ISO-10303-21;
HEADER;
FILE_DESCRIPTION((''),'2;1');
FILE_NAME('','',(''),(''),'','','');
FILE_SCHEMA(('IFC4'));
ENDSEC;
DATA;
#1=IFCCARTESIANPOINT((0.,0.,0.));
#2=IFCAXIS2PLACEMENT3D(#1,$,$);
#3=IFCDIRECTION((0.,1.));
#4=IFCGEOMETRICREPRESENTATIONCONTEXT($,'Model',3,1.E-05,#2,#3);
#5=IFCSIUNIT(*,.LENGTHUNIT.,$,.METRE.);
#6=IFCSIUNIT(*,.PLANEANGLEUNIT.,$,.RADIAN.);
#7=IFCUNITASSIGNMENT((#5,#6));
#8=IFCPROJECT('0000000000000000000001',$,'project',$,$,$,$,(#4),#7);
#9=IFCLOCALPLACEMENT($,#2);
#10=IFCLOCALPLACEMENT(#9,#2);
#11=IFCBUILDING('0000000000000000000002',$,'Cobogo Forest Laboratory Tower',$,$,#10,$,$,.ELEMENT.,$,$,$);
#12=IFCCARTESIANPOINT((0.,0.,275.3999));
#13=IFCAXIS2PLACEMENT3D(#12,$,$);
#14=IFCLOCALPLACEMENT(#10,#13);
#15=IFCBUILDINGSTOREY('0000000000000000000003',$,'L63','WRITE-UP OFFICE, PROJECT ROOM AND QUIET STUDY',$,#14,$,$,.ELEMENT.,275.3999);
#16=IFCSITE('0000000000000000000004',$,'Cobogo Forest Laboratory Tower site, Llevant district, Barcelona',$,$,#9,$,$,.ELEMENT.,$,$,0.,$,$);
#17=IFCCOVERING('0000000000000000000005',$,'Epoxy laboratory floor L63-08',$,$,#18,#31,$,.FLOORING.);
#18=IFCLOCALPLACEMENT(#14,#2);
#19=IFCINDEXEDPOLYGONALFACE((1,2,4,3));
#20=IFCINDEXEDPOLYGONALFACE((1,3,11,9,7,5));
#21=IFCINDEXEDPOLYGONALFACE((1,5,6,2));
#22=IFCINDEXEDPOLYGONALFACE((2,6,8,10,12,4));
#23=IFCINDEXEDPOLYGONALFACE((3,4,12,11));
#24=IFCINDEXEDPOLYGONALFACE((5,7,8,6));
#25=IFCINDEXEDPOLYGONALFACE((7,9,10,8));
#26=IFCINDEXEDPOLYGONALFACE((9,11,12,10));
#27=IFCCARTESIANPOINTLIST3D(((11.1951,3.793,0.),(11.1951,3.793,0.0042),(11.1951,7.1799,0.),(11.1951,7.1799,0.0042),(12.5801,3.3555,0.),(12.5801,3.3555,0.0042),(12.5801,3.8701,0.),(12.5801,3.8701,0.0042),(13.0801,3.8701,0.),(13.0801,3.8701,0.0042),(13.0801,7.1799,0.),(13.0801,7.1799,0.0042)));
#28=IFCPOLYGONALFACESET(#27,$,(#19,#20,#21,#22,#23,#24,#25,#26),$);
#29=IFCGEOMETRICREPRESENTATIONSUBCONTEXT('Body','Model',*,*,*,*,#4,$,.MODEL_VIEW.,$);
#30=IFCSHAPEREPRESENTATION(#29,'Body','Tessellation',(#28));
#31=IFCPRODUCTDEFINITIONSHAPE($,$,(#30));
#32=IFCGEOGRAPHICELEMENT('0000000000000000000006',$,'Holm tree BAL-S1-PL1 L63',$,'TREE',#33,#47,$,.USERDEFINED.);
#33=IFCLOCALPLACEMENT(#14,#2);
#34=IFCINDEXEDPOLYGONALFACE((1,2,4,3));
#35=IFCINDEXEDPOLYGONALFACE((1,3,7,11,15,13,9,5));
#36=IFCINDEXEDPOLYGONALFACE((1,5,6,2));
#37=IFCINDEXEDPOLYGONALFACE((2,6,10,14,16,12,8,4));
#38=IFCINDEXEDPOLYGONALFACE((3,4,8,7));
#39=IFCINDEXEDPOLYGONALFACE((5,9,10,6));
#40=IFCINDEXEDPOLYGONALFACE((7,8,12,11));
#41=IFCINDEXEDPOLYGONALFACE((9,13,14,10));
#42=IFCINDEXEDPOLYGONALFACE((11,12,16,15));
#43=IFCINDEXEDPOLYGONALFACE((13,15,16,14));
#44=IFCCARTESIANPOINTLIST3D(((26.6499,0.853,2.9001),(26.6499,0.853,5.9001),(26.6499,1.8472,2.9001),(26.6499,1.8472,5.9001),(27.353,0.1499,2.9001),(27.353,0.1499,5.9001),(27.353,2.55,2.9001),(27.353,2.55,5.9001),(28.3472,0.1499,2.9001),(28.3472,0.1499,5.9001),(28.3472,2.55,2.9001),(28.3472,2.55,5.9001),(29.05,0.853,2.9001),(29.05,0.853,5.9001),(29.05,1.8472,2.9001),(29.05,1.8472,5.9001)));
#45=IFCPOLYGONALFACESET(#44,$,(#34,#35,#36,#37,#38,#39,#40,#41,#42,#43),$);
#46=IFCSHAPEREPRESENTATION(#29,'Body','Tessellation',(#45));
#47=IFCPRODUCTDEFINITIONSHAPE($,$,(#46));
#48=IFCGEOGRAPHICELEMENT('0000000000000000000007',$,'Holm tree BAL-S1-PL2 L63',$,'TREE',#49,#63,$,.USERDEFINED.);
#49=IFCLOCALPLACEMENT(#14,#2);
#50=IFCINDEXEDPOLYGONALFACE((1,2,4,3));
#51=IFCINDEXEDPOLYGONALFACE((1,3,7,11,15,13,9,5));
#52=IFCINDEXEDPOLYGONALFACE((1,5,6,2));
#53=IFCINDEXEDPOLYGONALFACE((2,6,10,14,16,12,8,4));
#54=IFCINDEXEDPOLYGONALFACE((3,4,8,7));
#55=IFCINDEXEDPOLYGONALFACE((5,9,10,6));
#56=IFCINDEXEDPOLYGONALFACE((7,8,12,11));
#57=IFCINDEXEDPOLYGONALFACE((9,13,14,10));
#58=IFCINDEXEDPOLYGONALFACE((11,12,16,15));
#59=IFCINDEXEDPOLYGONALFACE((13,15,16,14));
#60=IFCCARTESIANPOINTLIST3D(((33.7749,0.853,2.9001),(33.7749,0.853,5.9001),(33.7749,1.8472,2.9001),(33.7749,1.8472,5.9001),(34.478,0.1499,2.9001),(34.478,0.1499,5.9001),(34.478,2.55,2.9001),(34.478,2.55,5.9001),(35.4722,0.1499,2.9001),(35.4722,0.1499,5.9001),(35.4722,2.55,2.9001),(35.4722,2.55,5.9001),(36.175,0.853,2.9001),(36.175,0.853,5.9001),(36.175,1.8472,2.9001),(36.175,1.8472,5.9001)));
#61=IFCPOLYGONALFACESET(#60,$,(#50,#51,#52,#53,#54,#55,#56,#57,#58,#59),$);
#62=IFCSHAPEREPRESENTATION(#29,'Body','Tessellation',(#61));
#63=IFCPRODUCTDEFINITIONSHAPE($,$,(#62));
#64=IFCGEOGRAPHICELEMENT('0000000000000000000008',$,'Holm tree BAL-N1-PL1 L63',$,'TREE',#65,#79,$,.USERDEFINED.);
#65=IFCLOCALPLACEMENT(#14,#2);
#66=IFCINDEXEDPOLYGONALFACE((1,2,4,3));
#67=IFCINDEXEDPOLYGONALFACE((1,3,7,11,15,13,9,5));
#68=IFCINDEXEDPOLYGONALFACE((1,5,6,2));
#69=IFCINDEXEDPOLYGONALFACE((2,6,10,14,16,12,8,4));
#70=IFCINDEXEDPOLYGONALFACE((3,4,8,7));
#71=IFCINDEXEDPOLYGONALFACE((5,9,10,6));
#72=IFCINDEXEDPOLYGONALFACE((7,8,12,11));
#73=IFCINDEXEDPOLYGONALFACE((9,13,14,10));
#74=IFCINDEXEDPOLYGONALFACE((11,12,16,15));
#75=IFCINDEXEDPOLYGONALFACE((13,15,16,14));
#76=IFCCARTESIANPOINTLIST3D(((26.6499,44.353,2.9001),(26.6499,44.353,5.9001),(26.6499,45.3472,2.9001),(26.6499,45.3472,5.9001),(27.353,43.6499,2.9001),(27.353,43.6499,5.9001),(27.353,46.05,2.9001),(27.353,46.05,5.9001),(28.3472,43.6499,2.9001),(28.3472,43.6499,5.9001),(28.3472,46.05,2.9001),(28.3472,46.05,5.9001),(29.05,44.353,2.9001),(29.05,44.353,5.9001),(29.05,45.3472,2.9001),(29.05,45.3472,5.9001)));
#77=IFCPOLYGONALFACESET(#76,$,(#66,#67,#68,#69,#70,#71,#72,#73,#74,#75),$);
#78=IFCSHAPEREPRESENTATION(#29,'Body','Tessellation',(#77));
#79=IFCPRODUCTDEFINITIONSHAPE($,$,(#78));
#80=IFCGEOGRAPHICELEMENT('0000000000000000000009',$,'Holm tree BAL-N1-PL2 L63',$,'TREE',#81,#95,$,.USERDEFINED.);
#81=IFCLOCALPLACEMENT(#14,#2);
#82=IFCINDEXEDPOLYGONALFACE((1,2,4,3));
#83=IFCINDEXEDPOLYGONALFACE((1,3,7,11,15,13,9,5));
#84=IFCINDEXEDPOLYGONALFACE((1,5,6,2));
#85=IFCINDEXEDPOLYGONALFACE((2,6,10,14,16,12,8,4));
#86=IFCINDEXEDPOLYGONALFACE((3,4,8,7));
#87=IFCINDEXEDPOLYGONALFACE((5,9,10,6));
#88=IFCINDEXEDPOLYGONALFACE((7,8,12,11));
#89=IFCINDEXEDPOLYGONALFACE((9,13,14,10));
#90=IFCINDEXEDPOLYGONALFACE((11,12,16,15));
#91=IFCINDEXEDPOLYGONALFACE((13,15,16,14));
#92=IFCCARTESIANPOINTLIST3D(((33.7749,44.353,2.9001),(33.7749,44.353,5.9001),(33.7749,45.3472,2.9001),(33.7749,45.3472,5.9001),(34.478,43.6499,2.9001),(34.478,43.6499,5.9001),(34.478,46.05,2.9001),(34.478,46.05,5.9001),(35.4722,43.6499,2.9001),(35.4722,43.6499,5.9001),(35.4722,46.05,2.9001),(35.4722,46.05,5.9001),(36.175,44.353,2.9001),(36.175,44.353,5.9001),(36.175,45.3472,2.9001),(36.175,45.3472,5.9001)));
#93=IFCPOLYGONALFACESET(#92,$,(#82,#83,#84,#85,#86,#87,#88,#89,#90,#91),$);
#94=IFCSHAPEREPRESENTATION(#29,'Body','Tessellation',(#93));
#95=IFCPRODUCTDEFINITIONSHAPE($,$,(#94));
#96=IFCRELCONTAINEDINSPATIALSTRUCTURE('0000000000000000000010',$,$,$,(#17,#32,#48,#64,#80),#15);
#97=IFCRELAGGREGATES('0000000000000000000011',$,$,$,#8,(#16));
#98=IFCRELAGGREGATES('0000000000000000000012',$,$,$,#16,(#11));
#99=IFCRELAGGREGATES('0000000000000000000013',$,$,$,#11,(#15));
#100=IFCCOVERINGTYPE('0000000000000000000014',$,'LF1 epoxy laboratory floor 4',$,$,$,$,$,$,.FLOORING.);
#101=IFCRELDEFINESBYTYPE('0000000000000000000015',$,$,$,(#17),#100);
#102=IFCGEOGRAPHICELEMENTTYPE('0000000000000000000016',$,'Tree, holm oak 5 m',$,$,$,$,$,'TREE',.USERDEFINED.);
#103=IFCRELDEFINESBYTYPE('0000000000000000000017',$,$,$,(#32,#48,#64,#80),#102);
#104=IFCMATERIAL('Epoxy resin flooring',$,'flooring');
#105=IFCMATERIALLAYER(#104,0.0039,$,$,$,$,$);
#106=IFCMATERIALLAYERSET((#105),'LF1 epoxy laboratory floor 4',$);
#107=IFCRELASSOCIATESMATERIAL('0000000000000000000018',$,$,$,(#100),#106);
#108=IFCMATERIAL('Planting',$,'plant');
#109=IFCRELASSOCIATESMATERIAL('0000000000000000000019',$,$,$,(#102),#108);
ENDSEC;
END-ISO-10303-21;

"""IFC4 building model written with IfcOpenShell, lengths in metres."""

from ifc_helpers import new_model, si_unit, direction, frame, origin, place, context, subcontext, project, spatial, polyline, outline, extrude, material, layer, layer_set, type_object, element, save


model = new_model("IFC4")

# Units and contexts
model_context = context("Model", 3, precision=1e-05, world=origin(), true_north=direction((0.0, 1.0)))
body_context = subcontext(model_context, "Body", "Model", "MODEL_VIEW")
ifc_project = project(units=[si_unit("LENGTHUNIT", "METRE"), si_unit("PLANEANGLEUNIT", "RADIAN")], contexts=[model_context])

# Site, building, storey
site_placement = place(None, origin())
site = spatial("IfcSite", under=ifc_project, at=site_placement, Name="Cobogo Forest Laboratory Tower site, Llevant district, Barcelona", CompositionType="ELEMENT", RefElevation=0.0)
building_placement = place(site_placement, origin())
building = spatial("IfcBuilding", under=site, at=building_placement, Name="Cobogo Forest Laboratory Tower", CompositionType="ELEMENT")
storey_placement = place(building_placement, frame((0.0, 0.0, 275.3999)))
storey = spatial("IfcBuildingStorey", under=building, at=storey_placement, Name="L63", Description="WRITE-UP OFFICE, PROJECT ROOM AND QUIET STUDY", CompositionType="ELEMENT", Elevation=275.3999)

# Covering
ifc_material_1 = material(Name="Epoxy resin flooring", Category="flooring")
ifc_layer_1 = layer(ifc_material_1, 0.0039)
ifc_layer_set_1 = layer_set([ifc_layer_1], Name="LF1 epoxy laboratory floor 4")
covering_type_1 = type_object("IfcCoveringType", Name="LF1 epoxy laboratory floor 4", PredefinedType="FLOORING", material=ifc_layer_set_1)
covering_1_placement = place(storey_placement, origin())
element("IfcCovering", 1, at=covering_1_placement, inside=storey, type_object=covering_type_1, Name="Epoxy laboratory floor L63-08", PredefinedType="FLOORING", context=body_context, shape_type="SweptSolid", body=[
    extrude(outline(polyline([(13.0801, 7.1799), (13.0801, 3.8701), (12.5801, 3.8701), (12.5801, 3.3555), (11.1951, 3.793), (11.1951, 7.1799), (13.0801, 7.1799)])), origin(), (0.0, 0.0, 1.0), 0.0042),
])

# Geographic elements
ifc_material_2 = material(Name="Planting", Category="plant")
geographic_element_type = type_object("IfcGeographicElementType", Name="Tree, holm oak 5 m", ElementType="TREE", PredefinedType="USERDEFINED", material=ifc_material_2)
geographic_element_1_placement = place(storey_placement, frame((0.0, 0.0, 2.9001)))
element("IfcGeographicElement", 2, at=geographic_element_1_placement, inside=storey, type_object=geographic_element_type, Name="Holm tree BAL-S1-PL1 L63", ObjectType="TREE", PredefinedType="USERDEFINED", context=body_context, shape_type="SweptSolid", body=[
    extrude(outline(polyline([(29.05, 0.853), (29.05, 1.8472), (28.3472, 2.55), (27.353, 2.55), (26.6499, 1.8472), (26.6499, 0.853), (27.353, 0.1499), (28.3472, 0.1499), (29.05, 0.853)])), origin(), (0.0, 0.0, 1.0), 3.0),
])
geographic_element_2_placement = place(storey_placement, frame((0.0, 0.0, 2.9001)))
element("IfcGeographicElement", 3, at=geographic_element_2_placement, inside=storey, type_object=geographic_element_type, Name="Holm tree BAL-S1-PL2 L63", ObjectType="TREE", PredefinedType="USERDEFINED", context=body_context, shape_type="SweptSolid", body=[
    extrude(outline(polyline([(36.175, 0.853), (36.175, 1.8472), (35.4722, 2.55), (34.478, 2.55), (33.7749, 1.8472), (33.7749, 0.853), (34.478, 0.1499), (35.4722, 0.1499), (36.175, 0.853)])), origin(), (0.0, 0.0, 1.0), 3.0),
])
geographic_element_3_placement = place(storey_placement, frame((0.0, 0.0, 2.9001)))
element("IfcGeographicElement", 4, at=geographic_element_3_placement, inside=storey, type_object=geographic_element_type, Name="Holm tree BAL-N1-PL1 L63", ObjectType="TREE", PredefinedType="USERDEFINED", context=body_context, shape_type="SweptSolid", body=[
    extrude(outline(polyline([(29.05, 44.353), (29.05, 45.3472), (28.3472, 46.05), (27.353, 46.05), (26.6499, 45.3472), (26.6499, 44.353), (27.353, 43.6499), (28.3472, 43.6499), (29.05, 44.353)])), origin(), (0.0, 0.0, 1.0), 3.0),
])
geographic_element_4_placement = place(storey_placement, frame((0.0, 0.0, 2.9001)))
element("IfcGeographicElement", 5, at=geographic_element_4_placement, inside=storey, type_object=geographic_element_type, Name="Holm tree BAL-N1-PL2 L63", ObjectType="TREE", PredefinedType="USERDEFINED", context=body_context, shape_type="SweptSolid", body=[
    extrude(outline(polyline([(36.175, 44.353), (36.175, 45.3472), (35.4722, 46.05), (34.478, 46.05), (33.7749, 45.3472), (33.7749, 44.353), (34.478, 43.6499), (35.4722, 43.6499), (36.175, 44.353)])), origin(), (0.0, 0.0, 1.0), 3.0),
])

save(model, "model.ifc")
